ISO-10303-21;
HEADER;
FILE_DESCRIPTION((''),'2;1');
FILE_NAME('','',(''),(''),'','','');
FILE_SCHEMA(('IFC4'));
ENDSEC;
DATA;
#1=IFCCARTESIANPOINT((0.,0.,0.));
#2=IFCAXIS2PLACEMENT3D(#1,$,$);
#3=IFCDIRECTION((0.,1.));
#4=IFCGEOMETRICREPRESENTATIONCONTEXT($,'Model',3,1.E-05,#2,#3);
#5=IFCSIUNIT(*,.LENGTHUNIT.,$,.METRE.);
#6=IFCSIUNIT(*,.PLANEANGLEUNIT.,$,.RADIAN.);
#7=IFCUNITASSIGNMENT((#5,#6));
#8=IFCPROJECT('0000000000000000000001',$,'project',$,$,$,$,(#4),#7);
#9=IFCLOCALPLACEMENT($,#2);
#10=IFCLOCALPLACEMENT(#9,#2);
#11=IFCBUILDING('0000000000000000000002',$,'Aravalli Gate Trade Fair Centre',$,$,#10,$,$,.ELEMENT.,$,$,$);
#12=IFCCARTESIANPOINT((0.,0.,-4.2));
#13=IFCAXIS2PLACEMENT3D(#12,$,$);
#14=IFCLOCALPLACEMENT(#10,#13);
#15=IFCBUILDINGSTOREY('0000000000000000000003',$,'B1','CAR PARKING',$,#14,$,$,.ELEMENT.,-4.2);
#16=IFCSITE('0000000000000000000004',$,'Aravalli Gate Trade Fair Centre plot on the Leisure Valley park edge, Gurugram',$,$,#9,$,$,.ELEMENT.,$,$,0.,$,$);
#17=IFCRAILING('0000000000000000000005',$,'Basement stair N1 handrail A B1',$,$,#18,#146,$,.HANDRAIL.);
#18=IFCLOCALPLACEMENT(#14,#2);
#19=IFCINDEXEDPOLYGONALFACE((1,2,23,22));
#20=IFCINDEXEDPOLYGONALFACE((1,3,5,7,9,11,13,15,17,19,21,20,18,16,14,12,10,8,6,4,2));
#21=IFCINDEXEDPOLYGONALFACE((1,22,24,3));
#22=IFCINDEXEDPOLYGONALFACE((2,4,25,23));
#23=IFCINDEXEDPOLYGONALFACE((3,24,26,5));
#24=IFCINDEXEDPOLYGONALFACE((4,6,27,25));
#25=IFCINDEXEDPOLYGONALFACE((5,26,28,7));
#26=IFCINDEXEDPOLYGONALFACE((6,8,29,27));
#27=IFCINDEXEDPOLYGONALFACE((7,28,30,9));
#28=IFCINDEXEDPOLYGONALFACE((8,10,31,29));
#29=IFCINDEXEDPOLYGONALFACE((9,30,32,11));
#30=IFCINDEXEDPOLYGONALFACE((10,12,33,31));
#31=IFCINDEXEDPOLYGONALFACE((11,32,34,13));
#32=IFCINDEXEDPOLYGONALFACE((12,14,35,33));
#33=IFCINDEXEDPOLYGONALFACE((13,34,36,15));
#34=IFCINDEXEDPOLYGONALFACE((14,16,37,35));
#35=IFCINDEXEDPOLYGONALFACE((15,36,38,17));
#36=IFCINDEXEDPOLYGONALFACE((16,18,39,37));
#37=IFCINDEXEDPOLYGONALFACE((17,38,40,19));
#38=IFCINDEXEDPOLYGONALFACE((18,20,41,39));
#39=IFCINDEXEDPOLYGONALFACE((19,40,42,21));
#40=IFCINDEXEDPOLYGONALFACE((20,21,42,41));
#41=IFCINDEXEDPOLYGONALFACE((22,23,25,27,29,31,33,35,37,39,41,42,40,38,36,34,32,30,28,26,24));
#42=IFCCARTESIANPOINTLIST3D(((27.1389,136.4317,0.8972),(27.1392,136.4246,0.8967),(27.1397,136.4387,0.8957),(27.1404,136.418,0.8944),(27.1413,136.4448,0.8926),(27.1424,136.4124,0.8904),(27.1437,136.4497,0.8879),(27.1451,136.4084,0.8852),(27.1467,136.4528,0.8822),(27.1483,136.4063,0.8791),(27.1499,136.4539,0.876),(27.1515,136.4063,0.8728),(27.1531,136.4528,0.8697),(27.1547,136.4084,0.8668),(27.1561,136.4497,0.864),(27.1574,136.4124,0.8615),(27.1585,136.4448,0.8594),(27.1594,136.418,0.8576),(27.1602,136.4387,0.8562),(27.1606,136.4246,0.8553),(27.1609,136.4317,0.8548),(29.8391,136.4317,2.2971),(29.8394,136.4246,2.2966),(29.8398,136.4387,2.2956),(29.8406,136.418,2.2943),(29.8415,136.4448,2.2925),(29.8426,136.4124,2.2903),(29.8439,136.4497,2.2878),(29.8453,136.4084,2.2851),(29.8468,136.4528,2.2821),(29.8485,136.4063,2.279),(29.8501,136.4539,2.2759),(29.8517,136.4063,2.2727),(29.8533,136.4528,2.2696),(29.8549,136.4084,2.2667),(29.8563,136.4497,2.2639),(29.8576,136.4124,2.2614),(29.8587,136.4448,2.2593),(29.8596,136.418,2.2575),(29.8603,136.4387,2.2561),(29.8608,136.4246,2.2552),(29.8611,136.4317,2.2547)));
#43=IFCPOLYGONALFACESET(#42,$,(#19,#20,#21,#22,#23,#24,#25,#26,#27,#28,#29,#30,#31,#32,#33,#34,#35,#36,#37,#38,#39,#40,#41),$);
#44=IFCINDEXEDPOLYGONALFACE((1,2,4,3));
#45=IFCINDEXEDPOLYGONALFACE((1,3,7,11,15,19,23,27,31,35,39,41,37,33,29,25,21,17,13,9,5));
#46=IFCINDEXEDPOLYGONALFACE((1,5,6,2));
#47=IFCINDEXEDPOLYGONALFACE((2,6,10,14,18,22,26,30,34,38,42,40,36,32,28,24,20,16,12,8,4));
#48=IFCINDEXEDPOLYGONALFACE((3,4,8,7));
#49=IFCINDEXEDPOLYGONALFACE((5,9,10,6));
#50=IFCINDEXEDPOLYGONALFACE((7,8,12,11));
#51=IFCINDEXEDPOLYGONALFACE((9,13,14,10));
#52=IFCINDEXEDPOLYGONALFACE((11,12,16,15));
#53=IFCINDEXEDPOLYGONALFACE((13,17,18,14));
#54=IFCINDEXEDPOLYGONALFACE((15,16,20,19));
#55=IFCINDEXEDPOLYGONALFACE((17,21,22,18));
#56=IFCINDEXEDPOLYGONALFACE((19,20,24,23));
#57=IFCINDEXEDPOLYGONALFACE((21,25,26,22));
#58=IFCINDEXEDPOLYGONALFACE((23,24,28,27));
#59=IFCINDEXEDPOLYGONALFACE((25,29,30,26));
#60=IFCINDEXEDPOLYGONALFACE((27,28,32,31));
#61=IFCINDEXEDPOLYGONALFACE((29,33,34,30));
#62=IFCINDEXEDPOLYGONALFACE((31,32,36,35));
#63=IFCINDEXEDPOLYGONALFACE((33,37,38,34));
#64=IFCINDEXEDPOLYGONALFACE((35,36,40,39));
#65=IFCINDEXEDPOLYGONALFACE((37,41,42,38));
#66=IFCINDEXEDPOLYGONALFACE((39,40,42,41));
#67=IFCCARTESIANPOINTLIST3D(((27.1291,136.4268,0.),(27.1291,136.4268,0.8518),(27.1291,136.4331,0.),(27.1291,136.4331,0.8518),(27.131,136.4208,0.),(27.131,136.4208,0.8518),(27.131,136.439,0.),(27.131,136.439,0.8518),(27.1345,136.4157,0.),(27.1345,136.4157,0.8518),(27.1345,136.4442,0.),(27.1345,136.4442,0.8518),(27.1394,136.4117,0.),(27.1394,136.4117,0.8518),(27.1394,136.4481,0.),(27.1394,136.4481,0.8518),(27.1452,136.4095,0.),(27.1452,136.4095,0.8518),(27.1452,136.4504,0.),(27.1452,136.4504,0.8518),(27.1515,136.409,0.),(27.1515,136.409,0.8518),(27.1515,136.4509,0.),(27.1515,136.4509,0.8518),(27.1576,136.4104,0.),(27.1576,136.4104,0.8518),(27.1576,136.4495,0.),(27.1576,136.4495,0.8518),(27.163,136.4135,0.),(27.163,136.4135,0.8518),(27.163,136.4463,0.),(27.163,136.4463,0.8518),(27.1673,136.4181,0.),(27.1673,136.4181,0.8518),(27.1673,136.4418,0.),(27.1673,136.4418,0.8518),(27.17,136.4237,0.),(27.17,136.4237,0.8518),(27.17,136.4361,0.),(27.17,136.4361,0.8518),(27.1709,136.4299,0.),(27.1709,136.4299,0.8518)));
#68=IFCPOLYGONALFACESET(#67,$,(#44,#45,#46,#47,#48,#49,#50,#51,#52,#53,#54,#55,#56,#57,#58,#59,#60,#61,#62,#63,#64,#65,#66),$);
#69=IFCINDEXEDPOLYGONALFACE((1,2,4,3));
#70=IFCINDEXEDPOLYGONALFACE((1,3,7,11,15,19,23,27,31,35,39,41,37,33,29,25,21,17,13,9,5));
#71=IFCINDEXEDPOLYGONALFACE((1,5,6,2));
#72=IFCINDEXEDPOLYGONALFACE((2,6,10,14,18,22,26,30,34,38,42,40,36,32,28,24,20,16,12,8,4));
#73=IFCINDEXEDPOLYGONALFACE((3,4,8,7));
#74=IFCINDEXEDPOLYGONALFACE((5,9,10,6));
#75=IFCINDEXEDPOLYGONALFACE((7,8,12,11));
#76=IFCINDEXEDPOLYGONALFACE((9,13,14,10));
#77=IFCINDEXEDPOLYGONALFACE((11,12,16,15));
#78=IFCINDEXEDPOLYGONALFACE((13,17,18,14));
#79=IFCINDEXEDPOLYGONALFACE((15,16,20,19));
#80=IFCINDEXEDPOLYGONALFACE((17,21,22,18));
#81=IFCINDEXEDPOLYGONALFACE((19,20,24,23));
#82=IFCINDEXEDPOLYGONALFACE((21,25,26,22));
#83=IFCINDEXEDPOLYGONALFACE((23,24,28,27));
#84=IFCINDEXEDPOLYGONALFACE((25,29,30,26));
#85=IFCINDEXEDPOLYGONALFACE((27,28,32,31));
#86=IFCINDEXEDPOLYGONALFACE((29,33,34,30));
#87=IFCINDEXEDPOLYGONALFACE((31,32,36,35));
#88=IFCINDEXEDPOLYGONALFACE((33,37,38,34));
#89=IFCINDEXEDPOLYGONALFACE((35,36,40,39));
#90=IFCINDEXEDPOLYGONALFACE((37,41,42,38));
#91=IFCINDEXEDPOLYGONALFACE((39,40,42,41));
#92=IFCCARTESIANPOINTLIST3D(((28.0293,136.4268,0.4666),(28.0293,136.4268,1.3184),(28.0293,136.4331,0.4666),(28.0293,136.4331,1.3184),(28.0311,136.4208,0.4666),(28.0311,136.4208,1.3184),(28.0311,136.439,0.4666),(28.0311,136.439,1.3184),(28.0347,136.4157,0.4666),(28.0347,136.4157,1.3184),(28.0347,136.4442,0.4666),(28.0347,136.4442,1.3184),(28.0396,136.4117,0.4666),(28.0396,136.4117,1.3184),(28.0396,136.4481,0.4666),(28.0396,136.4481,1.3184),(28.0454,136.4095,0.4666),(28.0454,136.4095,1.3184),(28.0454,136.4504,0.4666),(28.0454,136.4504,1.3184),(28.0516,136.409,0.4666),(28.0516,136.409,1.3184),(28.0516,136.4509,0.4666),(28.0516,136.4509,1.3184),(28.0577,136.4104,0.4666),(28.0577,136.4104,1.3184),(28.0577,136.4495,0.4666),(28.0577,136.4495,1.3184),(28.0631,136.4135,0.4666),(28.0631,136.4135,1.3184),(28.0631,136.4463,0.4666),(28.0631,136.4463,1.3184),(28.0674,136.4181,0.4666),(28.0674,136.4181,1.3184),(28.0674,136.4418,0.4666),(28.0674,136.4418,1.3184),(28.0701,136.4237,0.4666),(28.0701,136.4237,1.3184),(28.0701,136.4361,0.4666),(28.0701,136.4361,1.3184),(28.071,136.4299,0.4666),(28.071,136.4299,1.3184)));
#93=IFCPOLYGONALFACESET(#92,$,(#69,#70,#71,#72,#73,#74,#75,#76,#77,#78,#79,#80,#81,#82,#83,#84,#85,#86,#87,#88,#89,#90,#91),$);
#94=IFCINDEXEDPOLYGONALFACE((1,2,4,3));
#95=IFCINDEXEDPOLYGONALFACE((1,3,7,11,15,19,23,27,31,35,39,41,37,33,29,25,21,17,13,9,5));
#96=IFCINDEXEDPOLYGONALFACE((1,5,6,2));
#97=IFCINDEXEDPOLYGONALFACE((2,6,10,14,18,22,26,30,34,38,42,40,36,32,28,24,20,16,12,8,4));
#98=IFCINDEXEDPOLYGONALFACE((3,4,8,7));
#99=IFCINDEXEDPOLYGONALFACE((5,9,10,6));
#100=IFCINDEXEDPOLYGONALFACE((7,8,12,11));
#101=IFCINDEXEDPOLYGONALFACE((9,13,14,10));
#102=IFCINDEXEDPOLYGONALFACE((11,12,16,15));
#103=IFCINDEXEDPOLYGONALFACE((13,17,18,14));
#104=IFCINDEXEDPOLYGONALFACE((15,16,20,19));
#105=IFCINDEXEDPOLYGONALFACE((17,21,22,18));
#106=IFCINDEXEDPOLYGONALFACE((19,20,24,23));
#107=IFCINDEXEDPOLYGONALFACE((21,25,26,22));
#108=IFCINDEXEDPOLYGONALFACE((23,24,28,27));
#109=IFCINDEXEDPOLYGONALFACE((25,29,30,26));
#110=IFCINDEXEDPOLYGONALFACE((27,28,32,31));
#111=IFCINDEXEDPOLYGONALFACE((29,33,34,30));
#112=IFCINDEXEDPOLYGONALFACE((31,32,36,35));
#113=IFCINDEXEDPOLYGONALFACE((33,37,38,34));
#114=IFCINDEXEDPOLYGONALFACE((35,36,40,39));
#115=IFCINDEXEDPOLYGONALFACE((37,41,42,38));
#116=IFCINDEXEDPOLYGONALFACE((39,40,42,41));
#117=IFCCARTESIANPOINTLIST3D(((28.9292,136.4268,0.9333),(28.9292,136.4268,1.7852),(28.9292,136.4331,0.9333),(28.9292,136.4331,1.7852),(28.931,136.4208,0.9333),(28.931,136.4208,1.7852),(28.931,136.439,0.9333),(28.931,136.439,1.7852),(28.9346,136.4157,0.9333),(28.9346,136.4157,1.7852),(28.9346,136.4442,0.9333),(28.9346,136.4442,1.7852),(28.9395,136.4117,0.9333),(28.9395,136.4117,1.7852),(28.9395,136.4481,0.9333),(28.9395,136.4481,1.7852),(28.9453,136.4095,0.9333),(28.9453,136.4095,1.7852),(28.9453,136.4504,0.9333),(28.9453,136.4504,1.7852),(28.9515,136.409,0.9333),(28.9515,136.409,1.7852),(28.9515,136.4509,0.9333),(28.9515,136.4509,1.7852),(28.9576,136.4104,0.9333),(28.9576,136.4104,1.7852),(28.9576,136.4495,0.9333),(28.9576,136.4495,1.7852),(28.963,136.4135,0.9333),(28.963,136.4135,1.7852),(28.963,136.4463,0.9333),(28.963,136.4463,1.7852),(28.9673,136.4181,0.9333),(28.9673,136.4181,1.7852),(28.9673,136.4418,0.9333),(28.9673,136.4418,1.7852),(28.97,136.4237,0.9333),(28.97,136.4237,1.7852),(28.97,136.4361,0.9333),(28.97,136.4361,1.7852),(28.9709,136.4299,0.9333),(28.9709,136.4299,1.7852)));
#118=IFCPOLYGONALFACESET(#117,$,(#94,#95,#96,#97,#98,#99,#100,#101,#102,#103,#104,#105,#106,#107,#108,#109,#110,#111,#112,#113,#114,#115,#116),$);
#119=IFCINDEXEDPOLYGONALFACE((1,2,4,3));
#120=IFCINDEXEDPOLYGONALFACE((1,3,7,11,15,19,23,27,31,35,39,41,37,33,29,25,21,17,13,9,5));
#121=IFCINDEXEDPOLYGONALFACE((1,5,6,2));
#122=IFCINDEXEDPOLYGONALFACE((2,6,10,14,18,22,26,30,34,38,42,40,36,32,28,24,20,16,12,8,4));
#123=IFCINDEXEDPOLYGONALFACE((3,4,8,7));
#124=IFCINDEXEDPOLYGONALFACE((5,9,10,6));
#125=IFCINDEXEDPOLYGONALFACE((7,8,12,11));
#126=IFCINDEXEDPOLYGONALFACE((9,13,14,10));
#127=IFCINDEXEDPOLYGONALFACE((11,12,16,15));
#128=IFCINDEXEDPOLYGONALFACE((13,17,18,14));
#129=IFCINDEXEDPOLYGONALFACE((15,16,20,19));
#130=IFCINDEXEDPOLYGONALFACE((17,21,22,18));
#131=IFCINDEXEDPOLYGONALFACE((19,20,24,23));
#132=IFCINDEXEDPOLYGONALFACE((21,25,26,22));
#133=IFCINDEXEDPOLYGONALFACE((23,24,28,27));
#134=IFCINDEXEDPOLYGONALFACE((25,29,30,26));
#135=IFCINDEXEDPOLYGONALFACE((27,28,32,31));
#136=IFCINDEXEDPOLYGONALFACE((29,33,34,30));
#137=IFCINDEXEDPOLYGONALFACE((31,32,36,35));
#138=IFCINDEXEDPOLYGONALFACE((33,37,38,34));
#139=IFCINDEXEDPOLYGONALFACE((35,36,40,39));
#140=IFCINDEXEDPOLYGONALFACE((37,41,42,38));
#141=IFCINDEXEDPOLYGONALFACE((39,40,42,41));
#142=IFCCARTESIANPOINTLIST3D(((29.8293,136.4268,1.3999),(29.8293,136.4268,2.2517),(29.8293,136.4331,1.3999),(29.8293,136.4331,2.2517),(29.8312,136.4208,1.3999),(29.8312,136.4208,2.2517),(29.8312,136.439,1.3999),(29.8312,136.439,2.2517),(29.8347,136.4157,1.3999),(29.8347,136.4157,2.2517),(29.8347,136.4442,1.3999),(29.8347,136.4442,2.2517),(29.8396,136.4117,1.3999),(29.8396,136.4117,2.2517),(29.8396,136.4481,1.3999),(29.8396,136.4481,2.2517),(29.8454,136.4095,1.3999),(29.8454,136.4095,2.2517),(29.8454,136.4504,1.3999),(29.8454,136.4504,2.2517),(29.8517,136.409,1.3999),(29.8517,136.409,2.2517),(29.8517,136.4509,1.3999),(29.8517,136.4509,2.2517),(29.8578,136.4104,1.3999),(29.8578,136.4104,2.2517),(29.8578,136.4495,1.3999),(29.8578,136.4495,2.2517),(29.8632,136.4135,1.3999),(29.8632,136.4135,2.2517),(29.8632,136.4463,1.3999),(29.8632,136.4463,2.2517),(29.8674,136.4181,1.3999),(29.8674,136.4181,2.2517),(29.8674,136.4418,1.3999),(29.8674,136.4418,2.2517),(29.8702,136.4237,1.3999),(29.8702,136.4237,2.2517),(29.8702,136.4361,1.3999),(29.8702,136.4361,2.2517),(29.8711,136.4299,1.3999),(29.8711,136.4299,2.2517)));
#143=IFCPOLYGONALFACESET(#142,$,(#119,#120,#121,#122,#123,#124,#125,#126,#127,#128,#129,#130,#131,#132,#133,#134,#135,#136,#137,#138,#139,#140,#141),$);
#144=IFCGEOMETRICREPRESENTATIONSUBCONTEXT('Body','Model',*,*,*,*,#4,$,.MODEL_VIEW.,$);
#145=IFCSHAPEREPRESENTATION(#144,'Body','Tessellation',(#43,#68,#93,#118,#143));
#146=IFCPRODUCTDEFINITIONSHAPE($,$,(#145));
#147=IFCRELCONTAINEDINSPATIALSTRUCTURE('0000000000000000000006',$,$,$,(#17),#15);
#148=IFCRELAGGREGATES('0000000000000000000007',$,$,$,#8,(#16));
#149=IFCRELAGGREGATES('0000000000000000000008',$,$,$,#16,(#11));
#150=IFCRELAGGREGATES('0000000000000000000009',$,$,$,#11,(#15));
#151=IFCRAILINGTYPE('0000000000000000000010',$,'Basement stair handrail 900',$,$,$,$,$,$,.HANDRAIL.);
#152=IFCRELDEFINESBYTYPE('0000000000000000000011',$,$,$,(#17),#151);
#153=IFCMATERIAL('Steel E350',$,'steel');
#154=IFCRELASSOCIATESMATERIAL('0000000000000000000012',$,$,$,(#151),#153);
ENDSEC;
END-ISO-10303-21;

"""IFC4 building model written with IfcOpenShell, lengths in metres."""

from ifc_helpers import new_model, si_unit, direction, frame, origin, origin_2d, place, context, subcontext, project, spatial, circle, extrude, material, type_object, element, save


model = new_model("IFC4")

# Units and contexts
model_context = context("Model", 3, precision=1e-05, world=origin(), true_north=direction((0.0, 1.0)))
body_context = subcontext(model_context, "Body", "Model", "MODEL_VIEW")
ifc_project = project(units=[si_unit("LENGTHUNIT", "METRE"), si_unit("PLANEANGLEUNIT", "RADIAN")], contexts=[model_context])

# Site, building, storey
site_placement = place(None, origin())
site = spatial("IfcSite", under=ifc_project, at=site_placement, Name="Aravalli Gate Trade Fair Centre plot on the Leisure Valley park edge, Gurugram", CompositionType="ELEMENT", RefElevation=0.0)
building_placement = place(site_placement, origin())
building = spatial("IfcBuilding", under=site, at=building_placement, Name="Aravalli Gate Trade Fair Centre", CompositionType="ELEMENT")
storey_placement = place(building_placement, frame((0.0, 0.0, -4.2)))
storey = spatial("IfcBuildingStorey", under=building, at=storey_placement, Name="B1", Description="CAR PARKING", CompositionType="ELEMENT", Elevation=-4.2)

# Railing
ifc_material_1 = material(Name="Steel E350", Category="steel")
railing_type_1 = type_object("IfcRailingType", Name="Basement stair handrail 900", PredefinedType="HANDRAIL", material=ifc_material_1)
for number, where, name in (
    (1, (27.1499, 136.4299, 0.0), "Basement stair N1 handrail A B1"),
):
    element("IfcRailing", number, at=place(storey_placement, frame(where)), inside=storey, type_object=railing_type_1, Name=name, PredefinedType="HANDRAIL", context=body_context, shape_type="SweptSolid", body=[
        extrude(circle(Radius=0.0239, at=origin_2d()), frame((0.0, 0.0, 0.876), z_axis=(0.887781, 0.0, 0.460266), x_axis=(0.0, 1.0, 0.0)), (0.0, 0.0, 1.0), 3.0415),
        extrude(circle(Radius=0.021, at=origin_2d()), origin(), (0.0, 0.0, 1.0), 0.8518),
        extrude(circle(Radius=0.021, at=origin_2d()), frame((0.9001, 0.0, 0.4666)), (0.0, 0.0, 1.0), 0.8518),
        extrude(circle(Radius=0.021, at=origin_2d()), frame((1.8, 0.0, 0.9333)), (0.0, 0.0, 1.0), 0.8518),
        extrude(circle(Radius=0.021, at=origin_2d()), frame((2.7002, 0.0, 1.3999)), (0.0, 0.0, 1.0), 0.8518),
    ])

save(model, "model.ifc")
